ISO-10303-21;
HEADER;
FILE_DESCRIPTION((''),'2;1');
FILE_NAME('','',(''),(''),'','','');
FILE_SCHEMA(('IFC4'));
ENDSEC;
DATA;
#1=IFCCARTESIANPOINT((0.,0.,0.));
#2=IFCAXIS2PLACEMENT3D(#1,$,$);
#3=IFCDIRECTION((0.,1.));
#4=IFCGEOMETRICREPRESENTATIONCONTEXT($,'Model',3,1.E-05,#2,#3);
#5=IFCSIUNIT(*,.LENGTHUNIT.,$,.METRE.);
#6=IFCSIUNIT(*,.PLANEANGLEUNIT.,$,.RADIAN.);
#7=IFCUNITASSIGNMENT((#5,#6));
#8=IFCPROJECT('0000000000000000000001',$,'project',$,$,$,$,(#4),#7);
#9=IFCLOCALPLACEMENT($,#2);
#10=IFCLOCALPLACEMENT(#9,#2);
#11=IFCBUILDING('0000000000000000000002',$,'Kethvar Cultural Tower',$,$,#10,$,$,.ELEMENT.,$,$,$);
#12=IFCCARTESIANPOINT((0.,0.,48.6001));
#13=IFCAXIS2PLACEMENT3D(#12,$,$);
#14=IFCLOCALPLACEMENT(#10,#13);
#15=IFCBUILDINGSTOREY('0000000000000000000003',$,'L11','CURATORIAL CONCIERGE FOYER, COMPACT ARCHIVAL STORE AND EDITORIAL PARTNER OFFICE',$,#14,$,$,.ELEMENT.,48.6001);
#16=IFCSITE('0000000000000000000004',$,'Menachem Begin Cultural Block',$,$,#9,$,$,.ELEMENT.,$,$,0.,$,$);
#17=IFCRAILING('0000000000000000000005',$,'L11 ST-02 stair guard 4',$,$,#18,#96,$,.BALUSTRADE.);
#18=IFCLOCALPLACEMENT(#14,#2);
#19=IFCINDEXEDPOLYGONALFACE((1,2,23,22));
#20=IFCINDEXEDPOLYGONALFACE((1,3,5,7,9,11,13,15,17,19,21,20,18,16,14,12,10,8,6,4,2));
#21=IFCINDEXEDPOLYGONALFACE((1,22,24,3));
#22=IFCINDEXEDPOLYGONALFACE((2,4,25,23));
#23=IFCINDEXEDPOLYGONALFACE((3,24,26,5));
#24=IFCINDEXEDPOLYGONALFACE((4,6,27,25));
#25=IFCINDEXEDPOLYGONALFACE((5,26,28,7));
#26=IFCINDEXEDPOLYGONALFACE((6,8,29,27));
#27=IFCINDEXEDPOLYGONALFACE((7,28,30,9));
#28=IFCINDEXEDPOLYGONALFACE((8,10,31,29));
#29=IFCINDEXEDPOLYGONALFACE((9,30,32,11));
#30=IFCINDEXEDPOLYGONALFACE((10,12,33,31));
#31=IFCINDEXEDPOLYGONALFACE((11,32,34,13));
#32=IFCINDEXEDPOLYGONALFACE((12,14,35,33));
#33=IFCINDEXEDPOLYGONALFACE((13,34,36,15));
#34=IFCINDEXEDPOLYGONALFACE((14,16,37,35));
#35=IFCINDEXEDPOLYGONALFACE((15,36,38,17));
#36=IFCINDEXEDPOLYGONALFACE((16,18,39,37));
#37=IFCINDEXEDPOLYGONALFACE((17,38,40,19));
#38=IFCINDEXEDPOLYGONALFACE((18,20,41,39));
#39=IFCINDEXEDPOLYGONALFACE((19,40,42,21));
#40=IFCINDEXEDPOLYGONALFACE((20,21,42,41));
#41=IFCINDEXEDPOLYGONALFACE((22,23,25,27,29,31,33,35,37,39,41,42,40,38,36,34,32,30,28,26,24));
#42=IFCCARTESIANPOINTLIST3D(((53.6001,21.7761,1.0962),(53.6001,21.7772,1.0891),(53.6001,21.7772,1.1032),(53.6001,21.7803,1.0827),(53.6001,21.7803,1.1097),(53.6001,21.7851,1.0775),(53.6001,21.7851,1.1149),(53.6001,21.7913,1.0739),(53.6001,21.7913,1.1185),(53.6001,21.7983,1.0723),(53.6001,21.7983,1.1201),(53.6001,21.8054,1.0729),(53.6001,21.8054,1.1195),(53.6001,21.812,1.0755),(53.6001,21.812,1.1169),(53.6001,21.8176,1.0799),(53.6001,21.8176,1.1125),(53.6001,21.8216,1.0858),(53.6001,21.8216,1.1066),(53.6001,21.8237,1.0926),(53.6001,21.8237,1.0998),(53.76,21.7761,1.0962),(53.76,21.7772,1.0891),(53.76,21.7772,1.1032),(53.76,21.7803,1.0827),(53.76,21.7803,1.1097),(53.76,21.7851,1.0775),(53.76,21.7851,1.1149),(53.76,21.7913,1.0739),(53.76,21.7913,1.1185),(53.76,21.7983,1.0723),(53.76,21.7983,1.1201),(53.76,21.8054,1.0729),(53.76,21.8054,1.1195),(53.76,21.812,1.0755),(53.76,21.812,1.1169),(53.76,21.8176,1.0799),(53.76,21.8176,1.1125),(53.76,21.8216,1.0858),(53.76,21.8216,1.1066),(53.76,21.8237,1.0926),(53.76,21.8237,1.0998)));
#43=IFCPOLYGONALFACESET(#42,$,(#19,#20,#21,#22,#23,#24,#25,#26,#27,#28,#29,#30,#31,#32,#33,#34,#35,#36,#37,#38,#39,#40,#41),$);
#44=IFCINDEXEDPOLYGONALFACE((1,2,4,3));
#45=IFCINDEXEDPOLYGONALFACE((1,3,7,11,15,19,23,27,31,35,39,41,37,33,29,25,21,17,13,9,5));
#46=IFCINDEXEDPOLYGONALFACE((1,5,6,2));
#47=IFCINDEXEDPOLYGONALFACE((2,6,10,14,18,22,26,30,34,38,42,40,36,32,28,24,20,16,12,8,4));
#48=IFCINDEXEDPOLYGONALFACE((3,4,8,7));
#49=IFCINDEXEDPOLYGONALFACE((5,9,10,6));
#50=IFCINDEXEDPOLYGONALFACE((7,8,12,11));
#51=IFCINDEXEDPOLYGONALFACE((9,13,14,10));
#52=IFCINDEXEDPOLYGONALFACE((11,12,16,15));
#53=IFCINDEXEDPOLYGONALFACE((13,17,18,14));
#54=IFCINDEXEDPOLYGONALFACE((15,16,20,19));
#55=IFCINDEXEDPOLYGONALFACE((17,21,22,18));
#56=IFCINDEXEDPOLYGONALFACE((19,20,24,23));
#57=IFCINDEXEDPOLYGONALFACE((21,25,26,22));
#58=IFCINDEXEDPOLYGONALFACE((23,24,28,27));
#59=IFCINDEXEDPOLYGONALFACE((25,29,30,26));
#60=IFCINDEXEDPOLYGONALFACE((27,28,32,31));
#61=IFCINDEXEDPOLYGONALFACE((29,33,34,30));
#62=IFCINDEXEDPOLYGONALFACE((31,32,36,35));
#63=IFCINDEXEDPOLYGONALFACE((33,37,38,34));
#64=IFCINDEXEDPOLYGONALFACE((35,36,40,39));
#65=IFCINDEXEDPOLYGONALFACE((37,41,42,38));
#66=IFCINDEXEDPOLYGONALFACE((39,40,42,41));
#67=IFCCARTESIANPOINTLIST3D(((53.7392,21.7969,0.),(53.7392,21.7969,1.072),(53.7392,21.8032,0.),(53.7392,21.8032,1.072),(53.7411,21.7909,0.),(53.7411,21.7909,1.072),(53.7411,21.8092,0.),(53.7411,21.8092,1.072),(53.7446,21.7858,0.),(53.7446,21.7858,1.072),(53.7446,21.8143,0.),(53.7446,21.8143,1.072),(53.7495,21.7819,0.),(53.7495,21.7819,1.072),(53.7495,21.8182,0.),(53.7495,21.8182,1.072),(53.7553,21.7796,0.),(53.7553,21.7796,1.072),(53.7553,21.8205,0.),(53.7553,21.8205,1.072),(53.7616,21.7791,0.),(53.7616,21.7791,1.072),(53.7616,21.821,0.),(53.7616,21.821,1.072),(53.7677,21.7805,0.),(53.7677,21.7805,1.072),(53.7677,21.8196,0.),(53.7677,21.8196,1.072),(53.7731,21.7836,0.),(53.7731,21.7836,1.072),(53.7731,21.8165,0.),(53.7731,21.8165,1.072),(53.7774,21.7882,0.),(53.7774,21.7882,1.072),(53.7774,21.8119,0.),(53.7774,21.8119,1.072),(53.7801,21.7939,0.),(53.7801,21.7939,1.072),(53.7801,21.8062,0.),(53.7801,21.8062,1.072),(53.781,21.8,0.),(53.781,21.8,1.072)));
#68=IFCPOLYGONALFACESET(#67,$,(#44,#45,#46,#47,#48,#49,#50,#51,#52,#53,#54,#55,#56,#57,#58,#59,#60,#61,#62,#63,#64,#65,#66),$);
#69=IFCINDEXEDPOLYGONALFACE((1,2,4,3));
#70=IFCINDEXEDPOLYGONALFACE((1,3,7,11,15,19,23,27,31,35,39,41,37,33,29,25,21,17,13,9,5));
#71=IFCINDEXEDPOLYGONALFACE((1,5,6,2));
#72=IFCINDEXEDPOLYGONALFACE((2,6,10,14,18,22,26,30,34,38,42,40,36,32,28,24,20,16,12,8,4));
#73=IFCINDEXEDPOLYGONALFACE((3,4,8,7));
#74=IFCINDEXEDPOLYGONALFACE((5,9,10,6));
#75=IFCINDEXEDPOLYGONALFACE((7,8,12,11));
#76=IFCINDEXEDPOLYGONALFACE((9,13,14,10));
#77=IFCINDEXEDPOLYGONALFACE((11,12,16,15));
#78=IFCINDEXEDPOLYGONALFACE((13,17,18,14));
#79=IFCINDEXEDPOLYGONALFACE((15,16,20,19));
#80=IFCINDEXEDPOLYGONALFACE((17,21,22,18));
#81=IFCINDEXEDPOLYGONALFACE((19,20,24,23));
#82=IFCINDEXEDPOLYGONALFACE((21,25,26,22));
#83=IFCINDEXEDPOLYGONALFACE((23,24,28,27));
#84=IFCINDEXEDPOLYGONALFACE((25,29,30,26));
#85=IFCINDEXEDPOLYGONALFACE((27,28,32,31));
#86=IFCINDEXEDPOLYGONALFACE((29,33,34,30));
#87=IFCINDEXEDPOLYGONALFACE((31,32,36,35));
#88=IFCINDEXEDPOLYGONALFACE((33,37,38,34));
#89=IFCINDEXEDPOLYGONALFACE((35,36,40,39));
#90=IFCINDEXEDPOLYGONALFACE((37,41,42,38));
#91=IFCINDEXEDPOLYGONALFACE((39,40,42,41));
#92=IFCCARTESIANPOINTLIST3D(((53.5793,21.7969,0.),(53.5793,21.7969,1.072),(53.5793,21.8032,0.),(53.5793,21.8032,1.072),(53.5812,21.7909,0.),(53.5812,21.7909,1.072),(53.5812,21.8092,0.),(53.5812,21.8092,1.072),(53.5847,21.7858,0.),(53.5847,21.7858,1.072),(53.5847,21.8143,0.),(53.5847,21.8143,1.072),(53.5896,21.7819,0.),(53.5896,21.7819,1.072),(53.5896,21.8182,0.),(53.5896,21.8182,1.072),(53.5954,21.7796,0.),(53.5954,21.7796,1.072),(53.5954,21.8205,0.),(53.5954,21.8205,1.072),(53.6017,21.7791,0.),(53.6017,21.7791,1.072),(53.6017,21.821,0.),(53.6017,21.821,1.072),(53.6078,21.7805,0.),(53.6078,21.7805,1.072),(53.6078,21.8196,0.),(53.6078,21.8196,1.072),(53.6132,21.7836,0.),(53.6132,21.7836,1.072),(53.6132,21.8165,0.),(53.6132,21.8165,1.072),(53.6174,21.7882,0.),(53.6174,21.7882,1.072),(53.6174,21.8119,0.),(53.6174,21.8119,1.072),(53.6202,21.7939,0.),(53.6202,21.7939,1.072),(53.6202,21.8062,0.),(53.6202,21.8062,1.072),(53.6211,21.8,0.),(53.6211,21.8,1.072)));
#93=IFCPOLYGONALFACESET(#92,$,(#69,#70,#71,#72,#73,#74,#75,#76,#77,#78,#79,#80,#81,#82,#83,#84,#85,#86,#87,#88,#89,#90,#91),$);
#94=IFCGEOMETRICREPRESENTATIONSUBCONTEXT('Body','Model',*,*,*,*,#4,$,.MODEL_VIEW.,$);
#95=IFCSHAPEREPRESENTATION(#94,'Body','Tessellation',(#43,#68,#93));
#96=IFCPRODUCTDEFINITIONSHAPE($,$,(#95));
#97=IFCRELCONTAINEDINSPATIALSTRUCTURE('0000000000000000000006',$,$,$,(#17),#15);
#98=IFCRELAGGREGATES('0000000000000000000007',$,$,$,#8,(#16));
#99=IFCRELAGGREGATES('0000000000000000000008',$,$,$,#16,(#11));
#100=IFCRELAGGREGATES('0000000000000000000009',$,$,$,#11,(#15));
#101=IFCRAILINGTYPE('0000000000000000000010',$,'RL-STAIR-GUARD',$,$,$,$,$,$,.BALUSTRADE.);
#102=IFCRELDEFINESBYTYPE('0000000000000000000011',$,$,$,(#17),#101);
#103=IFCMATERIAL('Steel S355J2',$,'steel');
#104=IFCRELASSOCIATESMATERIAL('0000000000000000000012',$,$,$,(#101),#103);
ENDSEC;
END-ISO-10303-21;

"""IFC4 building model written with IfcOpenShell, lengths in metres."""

from ifc_helpers import new_model, si_unit, direction, frame, origin, origin_2d, place, context, subcontext, project, spatial, circle, extrude, material, type_object, element, save


model = new_model("IFC4")

# Units and contexts
model_context = context("Model", 3, precision=1e-05, world=origin(), true_north=direction((0.0, 1.0)))
body_context = subcontext(model_context, "Body", "Model", "MODEL_VIEW")
ifc_project = project(units=[si_unit("LENGTHUNIT", "METRE"), si_unit("PLANEANGLEUNIT", "RADIAN")], contexts=[model_context])

# Site, building, storey
site_placement = place(None, origin())
site = spatial("IfcSite", under=ifc_project, at=site_placement, Name="Menachem Begin Cultural Block", CompositionType="ELEMENT", RefElevation=0.0)
building_placement = place(site_placement, origin())
building = spatial("IfcBuilding", under=site, at=building_placement, Name="Kethvar Cultural Tower", CompositionType="ELEMENT")
storey_placement = place(building_placement, frame((0.0, 0.0, 48.6001)))
storey = spatial("IfcBuildingStorey", under=building, at=storey_placement, Name="L11", Description="CURATORIAL CONCIERGE FOYER, COMPACT ARCHIVAL STORE AND EDITORIAL PARTNER OFFICE", CompositionType="ELEMENT", Elevation=48.6001)

# Shared definitions
ifc_material_1 = material(Name="Steel S355J2", Category="steel")

# Railing
railing_type_1 = type_object("IfcRailingType", Name="RL-STAIR-GUARD", PredefinedType="BALUSTRADE", material=ifc_material_1)
railing_1_placement = place(storey_placement, frame((53.76, 21.8, 0.0)))
element("IfcRailing", 1, at=railing_1_placement, inside=storey, type_object=railing_type_1, Name="L11 ST-02 stair guard 4", PredefinedType="BALUSTRADE", context=body_context, shape_type="SweptSolid", body=[
    extrude(circle(Radius=0.0239, at=origin_2d()), frame((0.0, 0.0, 1.0962), z_axis=(-1.0, 0.0, 0.0), x_axis=(0.0, -1.0, 0.0)), (0.0, 0.0, 1.0), 0.1599),
    extrude(circle(Radius=0.021, at=origin_2d()), origin(), (0.0, 0.0, 1.0), 1.072),
    extrude(circle(Radius=0.021, at=origin_2d()), frame((-0.1599, 0.0, 0.0)), (0.0, 0.0, 1.0), 1.072),
])

save(model, "model.ifc")
